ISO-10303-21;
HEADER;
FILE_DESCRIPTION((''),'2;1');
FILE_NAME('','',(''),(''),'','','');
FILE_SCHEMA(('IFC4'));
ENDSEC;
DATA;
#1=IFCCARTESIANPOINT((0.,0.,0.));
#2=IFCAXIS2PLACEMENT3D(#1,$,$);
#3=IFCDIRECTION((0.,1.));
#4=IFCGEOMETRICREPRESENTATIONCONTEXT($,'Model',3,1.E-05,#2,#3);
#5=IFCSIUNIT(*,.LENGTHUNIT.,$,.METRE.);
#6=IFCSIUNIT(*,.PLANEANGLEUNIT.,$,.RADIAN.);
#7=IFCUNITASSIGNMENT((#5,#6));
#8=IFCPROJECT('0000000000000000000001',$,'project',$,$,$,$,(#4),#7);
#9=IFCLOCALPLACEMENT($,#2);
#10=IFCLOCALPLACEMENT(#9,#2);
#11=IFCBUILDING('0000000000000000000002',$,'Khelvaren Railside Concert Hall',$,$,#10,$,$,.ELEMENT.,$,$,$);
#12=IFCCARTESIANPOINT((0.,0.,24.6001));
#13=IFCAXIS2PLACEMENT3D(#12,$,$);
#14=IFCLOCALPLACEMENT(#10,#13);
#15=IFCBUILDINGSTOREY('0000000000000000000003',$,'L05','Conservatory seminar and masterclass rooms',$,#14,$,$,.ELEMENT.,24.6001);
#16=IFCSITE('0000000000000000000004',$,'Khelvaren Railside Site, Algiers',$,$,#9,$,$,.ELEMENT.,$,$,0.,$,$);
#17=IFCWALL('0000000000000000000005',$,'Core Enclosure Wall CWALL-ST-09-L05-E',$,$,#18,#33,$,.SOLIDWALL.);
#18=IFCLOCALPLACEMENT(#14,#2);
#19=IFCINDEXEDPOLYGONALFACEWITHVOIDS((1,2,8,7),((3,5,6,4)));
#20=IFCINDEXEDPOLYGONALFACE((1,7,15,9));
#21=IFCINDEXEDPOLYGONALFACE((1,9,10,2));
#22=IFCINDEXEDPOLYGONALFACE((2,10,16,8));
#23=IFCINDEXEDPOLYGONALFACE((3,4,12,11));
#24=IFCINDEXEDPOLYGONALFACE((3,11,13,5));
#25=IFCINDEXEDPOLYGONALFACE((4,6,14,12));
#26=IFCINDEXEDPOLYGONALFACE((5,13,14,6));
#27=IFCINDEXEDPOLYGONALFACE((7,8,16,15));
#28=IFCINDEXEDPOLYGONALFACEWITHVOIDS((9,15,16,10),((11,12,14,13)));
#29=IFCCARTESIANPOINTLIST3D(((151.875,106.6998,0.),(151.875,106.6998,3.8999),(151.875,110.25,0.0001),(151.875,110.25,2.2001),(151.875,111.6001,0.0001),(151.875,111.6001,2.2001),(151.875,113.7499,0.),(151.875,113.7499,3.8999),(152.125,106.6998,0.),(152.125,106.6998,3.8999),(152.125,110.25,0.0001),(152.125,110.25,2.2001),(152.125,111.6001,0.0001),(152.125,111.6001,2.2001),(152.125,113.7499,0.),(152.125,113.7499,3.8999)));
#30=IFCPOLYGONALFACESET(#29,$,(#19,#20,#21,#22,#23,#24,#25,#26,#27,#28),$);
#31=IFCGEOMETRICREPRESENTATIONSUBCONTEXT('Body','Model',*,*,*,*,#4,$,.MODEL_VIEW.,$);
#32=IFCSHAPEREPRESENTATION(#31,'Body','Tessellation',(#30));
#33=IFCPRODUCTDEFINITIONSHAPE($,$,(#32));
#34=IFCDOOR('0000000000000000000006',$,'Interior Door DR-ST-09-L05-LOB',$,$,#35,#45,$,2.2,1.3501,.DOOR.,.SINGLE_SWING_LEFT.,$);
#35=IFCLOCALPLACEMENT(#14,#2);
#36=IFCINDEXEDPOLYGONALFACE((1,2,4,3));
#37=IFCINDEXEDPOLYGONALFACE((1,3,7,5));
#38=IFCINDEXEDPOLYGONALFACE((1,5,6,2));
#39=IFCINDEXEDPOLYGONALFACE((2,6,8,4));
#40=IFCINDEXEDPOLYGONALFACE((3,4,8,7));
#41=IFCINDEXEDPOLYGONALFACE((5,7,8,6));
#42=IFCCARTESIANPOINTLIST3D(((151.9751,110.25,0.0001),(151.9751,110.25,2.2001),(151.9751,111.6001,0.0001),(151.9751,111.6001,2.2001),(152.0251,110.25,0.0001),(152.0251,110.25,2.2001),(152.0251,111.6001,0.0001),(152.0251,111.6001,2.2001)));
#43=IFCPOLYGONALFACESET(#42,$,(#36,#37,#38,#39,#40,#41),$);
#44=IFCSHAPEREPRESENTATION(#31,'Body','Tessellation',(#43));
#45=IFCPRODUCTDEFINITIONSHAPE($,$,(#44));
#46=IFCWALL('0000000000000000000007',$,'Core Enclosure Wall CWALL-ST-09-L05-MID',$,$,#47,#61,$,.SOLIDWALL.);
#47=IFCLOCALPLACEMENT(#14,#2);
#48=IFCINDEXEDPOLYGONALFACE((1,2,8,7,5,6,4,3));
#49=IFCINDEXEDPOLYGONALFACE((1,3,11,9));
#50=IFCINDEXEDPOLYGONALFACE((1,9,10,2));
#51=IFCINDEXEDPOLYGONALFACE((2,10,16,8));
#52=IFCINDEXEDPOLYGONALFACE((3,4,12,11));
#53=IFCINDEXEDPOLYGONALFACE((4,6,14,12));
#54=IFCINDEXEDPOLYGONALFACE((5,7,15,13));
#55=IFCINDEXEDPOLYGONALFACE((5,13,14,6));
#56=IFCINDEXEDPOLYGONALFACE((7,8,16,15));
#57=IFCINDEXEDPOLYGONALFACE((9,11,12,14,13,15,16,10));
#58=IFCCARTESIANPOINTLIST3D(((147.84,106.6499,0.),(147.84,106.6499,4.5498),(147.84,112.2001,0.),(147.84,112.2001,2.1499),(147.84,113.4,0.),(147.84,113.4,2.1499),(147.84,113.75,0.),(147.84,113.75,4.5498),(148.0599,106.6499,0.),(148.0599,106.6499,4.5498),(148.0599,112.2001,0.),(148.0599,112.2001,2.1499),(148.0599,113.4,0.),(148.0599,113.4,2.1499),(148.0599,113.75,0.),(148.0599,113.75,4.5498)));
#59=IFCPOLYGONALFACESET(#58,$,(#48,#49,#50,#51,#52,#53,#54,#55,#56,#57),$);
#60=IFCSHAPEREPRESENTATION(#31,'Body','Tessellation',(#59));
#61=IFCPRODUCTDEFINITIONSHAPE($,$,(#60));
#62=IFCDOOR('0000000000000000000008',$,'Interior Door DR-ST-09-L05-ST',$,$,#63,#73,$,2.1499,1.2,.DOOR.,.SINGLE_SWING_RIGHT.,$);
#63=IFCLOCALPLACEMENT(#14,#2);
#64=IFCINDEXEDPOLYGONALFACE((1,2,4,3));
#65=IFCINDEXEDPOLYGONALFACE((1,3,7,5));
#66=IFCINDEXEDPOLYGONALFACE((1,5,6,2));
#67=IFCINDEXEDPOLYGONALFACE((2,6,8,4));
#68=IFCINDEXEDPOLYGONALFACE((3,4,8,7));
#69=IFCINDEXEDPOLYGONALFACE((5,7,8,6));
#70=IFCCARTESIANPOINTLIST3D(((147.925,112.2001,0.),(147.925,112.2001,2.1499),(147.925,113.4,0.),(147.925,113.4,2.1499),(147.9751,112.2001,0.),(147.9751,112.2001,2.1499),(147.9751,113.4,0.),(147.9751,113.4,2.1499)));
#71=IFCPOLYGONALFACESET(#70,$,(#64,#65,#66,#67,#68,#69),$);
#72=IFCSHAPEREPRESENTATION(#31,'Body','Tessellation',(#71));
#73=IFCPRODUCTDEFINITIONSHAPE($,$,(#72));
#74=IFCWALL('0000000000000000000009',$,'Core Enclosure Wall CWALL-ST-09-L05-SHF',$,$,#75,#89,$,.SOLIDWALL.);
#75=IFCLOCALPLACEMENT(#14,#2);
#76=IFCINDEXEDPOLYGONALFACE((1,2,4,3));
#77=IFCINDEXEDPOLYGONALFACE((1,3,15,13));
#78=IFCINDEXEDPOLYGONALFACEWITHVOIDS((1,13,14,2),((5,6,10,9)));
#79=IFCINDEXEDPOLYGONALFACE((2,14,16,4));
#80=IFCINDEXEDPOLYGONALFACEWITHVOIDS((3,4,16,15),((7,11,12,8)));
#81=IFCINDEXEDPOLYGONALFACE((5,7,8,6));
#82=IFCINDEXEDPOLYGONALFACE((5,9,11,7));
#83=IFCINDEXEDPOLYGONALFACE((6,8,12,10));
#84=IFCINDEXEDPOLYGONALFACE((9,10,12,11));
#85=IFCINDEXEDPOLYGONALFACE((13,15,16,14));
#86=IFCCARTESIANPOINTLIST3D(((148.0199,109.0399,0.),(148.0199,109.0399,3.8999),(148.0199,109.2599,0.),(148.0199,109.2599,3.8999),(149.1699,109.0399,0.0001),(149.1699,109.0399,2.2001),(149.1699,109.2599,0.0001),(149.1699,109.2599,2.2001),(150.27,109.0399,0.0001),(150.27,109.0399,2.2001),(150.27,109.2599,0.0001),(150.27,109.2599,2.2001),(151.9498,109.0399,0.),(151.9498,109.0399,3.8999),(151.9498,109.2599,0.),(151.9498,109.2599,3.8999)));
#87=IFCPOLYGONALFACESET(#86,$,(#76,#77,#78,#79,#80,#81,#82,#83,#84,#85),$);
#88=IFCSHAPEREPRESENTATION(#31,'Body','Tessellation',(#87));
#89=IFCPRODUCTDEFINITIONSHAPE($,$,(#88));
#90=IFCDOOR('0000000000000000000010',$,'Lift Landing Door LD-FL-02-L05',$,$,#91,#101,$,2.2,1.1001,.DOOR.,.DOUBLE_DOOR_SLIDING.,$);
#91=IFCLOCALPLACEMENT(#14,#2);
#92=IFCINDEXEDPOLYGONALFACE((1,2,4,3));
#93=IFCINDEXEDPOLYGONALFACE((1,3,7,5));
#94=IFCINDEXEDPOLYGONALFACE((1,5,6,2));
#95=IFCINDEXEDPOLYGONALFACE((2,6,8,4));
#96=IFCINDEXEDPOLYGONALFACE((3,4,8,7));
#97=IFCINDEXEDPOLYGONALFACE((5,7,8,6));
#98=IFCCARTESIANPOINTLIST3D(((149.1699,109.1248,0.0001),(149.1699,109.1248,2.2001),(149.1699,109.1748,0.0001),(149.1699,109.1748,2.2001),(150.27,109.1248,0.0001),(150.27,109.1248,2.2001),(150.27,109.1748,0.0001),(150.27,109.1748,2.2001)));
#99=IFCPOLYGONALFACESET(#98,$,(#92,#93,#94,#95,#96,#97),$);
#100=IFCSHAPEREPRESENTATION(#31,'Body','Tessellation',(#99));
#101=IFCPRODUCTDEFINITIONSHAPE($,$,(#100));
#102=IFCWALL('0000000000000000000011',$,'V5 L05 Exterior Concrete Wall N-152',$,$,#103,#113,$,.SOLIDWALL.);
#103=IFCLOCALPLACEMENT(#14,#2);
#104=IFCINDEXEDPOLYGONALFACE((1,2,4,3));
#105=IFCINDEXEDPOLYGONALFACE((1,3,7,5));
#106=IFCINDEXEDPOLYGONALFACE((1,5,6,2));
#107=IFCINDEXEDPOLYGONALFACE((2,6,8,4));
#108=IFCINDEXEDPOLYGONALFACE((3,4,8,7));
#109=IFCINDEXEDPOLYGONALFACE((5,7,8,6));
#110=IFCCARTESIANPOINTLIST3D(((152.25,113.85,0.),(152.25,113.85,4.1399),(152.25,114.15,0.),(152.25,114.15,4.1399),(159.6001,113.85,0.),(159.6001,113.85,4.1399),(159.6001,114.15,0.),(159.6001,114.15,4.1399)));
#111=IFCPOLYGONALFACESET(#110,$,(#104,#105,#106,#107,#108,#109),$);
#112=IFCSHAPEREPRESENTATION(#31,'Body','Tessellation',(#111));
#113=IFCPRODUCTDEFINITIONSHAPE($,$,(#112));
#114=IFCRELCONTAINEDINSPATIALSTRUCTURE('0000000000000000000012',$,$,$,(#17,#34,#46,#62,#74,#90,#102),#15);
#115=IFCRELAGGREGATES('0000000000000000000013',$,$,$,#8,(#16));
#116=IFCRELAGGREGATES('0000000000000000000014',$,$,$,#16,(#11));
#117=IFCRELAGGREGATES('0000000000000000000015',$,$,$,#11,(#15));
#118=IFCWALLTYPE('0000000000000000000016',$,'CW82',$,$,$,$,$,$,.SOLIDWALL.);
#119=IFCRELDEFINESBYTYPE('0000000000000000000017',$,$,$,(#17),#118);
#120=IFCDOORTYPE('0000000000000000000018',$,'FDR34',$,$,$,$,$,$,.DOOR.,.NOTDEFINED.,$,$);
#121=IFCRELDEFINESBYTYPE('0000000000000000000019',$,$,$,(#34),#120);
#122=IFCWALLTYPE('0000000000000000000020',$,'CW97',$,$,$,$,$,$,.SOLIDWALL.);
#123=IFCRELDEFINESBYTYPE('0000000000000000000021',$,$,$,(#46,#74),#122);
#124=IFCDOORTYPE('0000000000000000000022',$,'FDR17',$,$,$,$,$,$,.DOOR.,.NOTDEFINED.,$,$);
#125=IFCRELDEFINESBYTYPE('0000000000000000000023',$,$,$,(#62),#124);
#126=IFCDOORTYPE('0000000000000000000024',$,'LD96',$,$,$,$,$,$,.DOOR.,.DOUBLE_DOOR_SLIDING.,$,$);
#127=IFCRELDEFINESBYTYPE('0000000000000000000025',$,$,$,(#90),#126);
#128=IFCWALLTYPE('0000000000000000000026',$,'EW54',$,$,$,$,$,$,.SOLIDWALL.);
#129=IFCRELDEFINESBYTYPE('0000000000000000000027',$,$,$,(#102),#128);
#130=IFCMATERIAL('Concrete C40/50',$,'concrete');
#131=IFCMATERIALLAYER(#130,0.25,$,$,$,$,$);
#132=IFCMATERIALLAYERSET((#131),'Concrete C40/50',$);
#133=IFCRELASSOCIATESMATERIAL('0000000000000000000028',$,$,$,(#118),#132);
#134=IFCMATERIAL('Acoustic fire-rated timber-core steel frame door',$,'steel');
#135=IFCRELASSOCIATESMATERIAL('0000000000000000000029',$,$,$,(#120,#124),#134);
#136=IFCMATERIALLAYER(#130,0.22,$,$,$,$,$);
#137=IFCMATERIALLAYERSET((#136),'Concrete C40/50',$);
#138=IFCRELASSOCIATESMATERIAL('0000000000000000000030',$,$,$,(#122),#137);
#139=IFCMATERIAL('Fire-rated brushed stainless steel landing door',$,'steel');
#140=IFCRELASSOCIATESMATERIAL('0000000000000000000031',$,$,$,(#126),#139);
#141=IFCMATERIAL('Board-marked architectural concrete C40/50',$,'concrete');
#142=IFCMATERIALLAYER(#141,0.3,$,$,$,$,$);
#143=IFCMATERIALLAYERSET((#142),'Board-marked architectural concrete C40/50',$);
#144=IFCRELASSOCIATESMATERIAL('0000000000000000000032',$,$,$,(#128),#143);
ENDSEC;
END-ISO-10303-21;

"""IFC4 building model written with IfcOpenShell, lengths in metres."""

from ifc_helpers import new_model, si_unit, direction, frame, frame_2d, origin, place, context, subcontext, project, spatial, rectangle, extrude, material, layer, layer_set, type_object, element, fill, save


model = new_model("IFC4")

# Units and contexts
model_context = context("Model", 3, precision=1e-05, world=origin(), true_north=direction((0.0, 1.0)))
body_context = subcontext(model_context, "Body", "Model", "MODEL_VIEW")
ifc_project = project(units=[si_unit("LENGTHUNIT", "METRE"), si_unit("PLANEANGLEUNIT", "RADIAN")], contexts=[model_context])

# Site, building, storey
site_placement = place(None, origin())
site = spatial("IfcSite", under=ifc_project, at=site_placement, Name="Khelvaren Railside Site, Algiers", CompositionType="ELEMENT", RefElevation=0.0)
building_placement = place(site_placement, origin())
building = spatial("IfcBuilding", under=site, at=building_placement, Name="Khelvaren Railside Concert Hall", CompositionType="ELEMENT")
storey_placement = place(building_placement, frame((0.0, 0.0, 24.6001)))
storey = spatial("IfcBuildingStorey", under=building, at=storey_placement, Name="L05", Description="Conservatory seminar and masterclass rooms", CompositionType="ELEMENT", Elevation=24.6001)

# Shared definitions
ifc_material_1 = material(Name="Concrete C40/50", Category="concrete")

# Walls, openings, doors
ifc_layer_1 = layer(ifc_material_1, 0.25)
ifc_layer_set_1 = layer_set([ifc_layer_1], Name="Concrete C40/50")
wall_type_1 = type_object("IfcWallType", Name="CW82", PredefinedType="SOLIDWALL", material=ifc_layer_set_1)
wall_1_placement = place(storey_placement, frame((152.0, 106.7, 0.0), z_axis=(0.0, 0.0, 1.0), x_axis=(0.0, 1.0, 0.0)))
wall_1 = element("IfcWall", 1, at=wall_1_placement, inside=storey, type_object=wall_type_1, Name="Core Enclosure Wall CWALL-ST-09-L05-E", PredefinedType="SOLIDWALL", context=body_context, shape_type="SweptSolid", body=[
    extrude(rectangle(XDim=7.05, YDim=0.25, at=frame_2d((3.5249, 0.0))), origin(), (0.0, 0.0, 1.0), 3.8999),
])
opening_1_placement = place(wall_1_placement, frame((3.55, 0.0, 0.0)))
opening_1 = element("IfcOpeningElement", 2, at=opening_1_placement, cuts=wall_1, PredefinedType="OPENING", context=body_context, shape_type="SweptSolid", body=[
    extrude(rectangle(XDim=1.3501, YDim=2.2, at=frame_2d((0.675, 1.1001))), frame((0.0, 0.135, 0.0), z_axis=(0.0, -1.0, 0.0), x_axis=(1.0, 0.0, 0.0)), (0.0, 0.0, 1.0), 0.27),
])
ifc_material_2 = material(Name="Acoustic fire-rated timber-core steel frame door", Category="steel")
door_type_1 = type_object("IfcDoorType", Name="FDR34", OperationType="NOTDEFINED", PredefinedType="DOOR", material=ifc_material_2)
door_1_placement = place(opening_1_placement, origin())
door_1 = element("IfcDoor", 3, at=door_1_placement, inside=storey, type_object=door_type_1, Name="Interior Door DR-ST-09-L05-LOB", OperationType="SINGLE_SWING_LEFT", OverallHeight=2.2, OverallWidth=1.3501, PredefinedType="DOOR", context=body_context, shape_type="SweptSolid", body=[
    extrude(rectangle(XDim=1.3501, YDim=2.2, at=frame_2d((0.675, 1.1001))), frame((0.0, 0.0249, 0.0), z_axis=(0.0, -1.0, 0.0), x_axis=(1.0, 0.0, 0.0)), (0.0, 0.0, 1.0), 0.05),
])
fill(opening_1, door_1)
ifc_layer_2 = layer(ifc_material_1, 0.22)
ifc_layer_set_2 = layer_set([ifc_layer_2], Name="Concrete C40/50")
wall_type_2 = type_object("IfcWallType", Name="CW97", PredefinedType="SOLIDWALL", material=ifc_layer_set_2)
wall_2_placement = place(storey_placement, frame((147.95, 106.6499, 0.0), z_axis=(0.0, 0.0, 1.0), x_axis=(0.0, 1.0, 0.0)))
wall_2 = element("IfcWall", 4, at=wall_2_placement, inside=storey, type_object=wall_type_2, Name="Core Enclosure Wall CWALL-ST-09-L05-MID", PredefinedType="SOLIDWALL", context=body_context, shape_type="SweptSolid", body=[
    extrude(rectangle(XDim=7.1001, YDim=0.22, at=frame_2d((3.55, 0.0))), origin(), (0.0, 0.0, 1.0), 4.5498),
])
opening_2_placement = place(wall_2_placement, frame((5.55, 0.0, 0.0)))
opening_2 = element("IfcOpeningElement", 5, at=opening_2_placement, cuts=wall_2, PredefinedType="OPENING", context=body_context, shape_type="SweptSolid", body=[
    extrude(rectangle(XDim=1.2, YDim=2.1499, at=frame_2d((0.6001, 1.075))), frame((0.0, 0.1199, 0.0), z_axis=(0.0, -1.0, 0.0), x_axis=(1.0, 0.0, 0.0)), (0.0, 0.0, 1.0), 0.24),
])
door_type_2 = type_object("IfcDoorType", Name="FDR17", OperationType="NOTDEFINED", PredefinedType="DOOR", material=ifc_material_2)
door_2_placement = place(opening_2_placement, origin())
door_2 = element("IfcDoor", 6, at=door_2_placement, inside=storey, type_object=door_type_2, Name="Interior Door DR-ST-09-L05-ST", OperationType="SINGLE_SWING_RIGHT", OverallHeight=2.1499, OverallWidth=1.2, PredefinedType="DOOR", context=body_context, shape_type="SweptSolid", body=[
    extrude(rectangle(XDim=1.2, YDim=2.1499, at=frame_2d((0.6001, 1.075))), frame((0.0, 0.0249, 0.0), z_axis=(0.0, -1.0, 0.0), x_axis=(1.0, 0.0, 0.0)), (0.0, 0.0, 1.0), 0.05),
])
fill(opening_2, door_2)
wall_3_placement = place(storey_placement, frame((148.02, 109.1499, 0.0), z_axis=(0.0, 0.0, 1.0), x_axis=(1.0, 0.0, 0.0)))
wall_3 = element("IfcWall", 7, at=wall_3_placement, inside=storey, type_object=wall_type_2, Name="Core Enclosure Wall CWALL-ST-09-L05-SHF", PredefinedType="SOLIDWALL", context=body_context, shape_type="SweptSolid", body=[
    extrude(rectangle(XDim=3.9299, YDim=0.22, at=frame_2d((1.9648, 0.0))), origin(), (0.0, 0.0, 1.0), 3.8999),
])
opening_3_placement = place(wall_3_placement, frame((1.1499, 0.0, 0.0)))
opening_3 = element("IfcOpeningElement", 8, at=opening_3_placement, cuts=wall_3, PredefinedType="OPENING", context=body_context, shape_type="SweptSolid", body=[
    extrude(rectangle(XDim=1.1001, YDim=2.2, at=frame_2d((0.55, 1.1001))), frame((0.0, 0.1199, 0.0), z_axis=(0.0, -1.0, 0.0), x_axis=(1.0, 0.0, 0.0)), (0.0, 0.0, 1.0), 0.24),
])
ifc_material_3 = material(Name="Fire-rated brushed stainless steel landing door", Category="steel")
door_type_3 = type_object("IfcDoorType", Name="LD96", OperationType="DOUBLE_DOOR_SLIDING", PredefinedType="DOOR", material=ifc_material_3)
door_3_placement = place(opening_3_placement, origin())
door_3 = element("IfcDoor", 9, at=door_3_placement, inside=storey, type_object=door_type_3, Name="Lift Landing Door LD-FL-02-L05", OperationType="DOUBLE_DOOR_SLIDING", OverallHeight=2.2, OverallWidth=1.1001, PredefinedType="DOOR", context=body_context, shape_type="SweptSolid", body=[
    extrude(rectangle(XDim=1.1001, YDim=2.2, at=frame_2d((0.55, 1.1001))), frame((0.0, 0.0249, 0.0), z_axis=(0.0, -1.0, 0.0), x_axis=(1.0, 0.0, 0.0)), (0.0, 0.0, 1.0), 0.05),
])
fill(opening_3, door_3)

# Wall
ifc_material_4 = material(Name="Board-marked architectural concrete C40/50", Category="concrete")
ifc_layer_3 = layer(ifc_material_4, 0.3)
ifc_layer_set_3 = layer_set([ifc_layer_3], Name="Board-marked architectural concrete C40/50")
wall_type_3 = type_object("IfcWallType", Name="EW54", PredefinedType="SOLIDWALL", material=ifc_layer_set_3)
wall_4_placement = place(storey_placement, frame((152.25, 114.0, 0.0), z_axis=(0.0, 0.0, 1.0), x_axis=(1.0, 0.0, 0.0)))
element("IfcWall", 10, at=wall_4_placement, inside=storey, type_object=wall_type_3, Name="V5 L05 Exterior Concrete Wall N-152", PredefinedType="SOLIDWALL", context=body_context, shape_type="SweptSolid", body=[
    extrude(rectangle(XDim=7.3501, YDim=0.3, at=frame_2d((3.675, 0.0))), origin(), (0.0, 0.0, 1.0), 4.1399),
])

save(model, "model.ifc")
